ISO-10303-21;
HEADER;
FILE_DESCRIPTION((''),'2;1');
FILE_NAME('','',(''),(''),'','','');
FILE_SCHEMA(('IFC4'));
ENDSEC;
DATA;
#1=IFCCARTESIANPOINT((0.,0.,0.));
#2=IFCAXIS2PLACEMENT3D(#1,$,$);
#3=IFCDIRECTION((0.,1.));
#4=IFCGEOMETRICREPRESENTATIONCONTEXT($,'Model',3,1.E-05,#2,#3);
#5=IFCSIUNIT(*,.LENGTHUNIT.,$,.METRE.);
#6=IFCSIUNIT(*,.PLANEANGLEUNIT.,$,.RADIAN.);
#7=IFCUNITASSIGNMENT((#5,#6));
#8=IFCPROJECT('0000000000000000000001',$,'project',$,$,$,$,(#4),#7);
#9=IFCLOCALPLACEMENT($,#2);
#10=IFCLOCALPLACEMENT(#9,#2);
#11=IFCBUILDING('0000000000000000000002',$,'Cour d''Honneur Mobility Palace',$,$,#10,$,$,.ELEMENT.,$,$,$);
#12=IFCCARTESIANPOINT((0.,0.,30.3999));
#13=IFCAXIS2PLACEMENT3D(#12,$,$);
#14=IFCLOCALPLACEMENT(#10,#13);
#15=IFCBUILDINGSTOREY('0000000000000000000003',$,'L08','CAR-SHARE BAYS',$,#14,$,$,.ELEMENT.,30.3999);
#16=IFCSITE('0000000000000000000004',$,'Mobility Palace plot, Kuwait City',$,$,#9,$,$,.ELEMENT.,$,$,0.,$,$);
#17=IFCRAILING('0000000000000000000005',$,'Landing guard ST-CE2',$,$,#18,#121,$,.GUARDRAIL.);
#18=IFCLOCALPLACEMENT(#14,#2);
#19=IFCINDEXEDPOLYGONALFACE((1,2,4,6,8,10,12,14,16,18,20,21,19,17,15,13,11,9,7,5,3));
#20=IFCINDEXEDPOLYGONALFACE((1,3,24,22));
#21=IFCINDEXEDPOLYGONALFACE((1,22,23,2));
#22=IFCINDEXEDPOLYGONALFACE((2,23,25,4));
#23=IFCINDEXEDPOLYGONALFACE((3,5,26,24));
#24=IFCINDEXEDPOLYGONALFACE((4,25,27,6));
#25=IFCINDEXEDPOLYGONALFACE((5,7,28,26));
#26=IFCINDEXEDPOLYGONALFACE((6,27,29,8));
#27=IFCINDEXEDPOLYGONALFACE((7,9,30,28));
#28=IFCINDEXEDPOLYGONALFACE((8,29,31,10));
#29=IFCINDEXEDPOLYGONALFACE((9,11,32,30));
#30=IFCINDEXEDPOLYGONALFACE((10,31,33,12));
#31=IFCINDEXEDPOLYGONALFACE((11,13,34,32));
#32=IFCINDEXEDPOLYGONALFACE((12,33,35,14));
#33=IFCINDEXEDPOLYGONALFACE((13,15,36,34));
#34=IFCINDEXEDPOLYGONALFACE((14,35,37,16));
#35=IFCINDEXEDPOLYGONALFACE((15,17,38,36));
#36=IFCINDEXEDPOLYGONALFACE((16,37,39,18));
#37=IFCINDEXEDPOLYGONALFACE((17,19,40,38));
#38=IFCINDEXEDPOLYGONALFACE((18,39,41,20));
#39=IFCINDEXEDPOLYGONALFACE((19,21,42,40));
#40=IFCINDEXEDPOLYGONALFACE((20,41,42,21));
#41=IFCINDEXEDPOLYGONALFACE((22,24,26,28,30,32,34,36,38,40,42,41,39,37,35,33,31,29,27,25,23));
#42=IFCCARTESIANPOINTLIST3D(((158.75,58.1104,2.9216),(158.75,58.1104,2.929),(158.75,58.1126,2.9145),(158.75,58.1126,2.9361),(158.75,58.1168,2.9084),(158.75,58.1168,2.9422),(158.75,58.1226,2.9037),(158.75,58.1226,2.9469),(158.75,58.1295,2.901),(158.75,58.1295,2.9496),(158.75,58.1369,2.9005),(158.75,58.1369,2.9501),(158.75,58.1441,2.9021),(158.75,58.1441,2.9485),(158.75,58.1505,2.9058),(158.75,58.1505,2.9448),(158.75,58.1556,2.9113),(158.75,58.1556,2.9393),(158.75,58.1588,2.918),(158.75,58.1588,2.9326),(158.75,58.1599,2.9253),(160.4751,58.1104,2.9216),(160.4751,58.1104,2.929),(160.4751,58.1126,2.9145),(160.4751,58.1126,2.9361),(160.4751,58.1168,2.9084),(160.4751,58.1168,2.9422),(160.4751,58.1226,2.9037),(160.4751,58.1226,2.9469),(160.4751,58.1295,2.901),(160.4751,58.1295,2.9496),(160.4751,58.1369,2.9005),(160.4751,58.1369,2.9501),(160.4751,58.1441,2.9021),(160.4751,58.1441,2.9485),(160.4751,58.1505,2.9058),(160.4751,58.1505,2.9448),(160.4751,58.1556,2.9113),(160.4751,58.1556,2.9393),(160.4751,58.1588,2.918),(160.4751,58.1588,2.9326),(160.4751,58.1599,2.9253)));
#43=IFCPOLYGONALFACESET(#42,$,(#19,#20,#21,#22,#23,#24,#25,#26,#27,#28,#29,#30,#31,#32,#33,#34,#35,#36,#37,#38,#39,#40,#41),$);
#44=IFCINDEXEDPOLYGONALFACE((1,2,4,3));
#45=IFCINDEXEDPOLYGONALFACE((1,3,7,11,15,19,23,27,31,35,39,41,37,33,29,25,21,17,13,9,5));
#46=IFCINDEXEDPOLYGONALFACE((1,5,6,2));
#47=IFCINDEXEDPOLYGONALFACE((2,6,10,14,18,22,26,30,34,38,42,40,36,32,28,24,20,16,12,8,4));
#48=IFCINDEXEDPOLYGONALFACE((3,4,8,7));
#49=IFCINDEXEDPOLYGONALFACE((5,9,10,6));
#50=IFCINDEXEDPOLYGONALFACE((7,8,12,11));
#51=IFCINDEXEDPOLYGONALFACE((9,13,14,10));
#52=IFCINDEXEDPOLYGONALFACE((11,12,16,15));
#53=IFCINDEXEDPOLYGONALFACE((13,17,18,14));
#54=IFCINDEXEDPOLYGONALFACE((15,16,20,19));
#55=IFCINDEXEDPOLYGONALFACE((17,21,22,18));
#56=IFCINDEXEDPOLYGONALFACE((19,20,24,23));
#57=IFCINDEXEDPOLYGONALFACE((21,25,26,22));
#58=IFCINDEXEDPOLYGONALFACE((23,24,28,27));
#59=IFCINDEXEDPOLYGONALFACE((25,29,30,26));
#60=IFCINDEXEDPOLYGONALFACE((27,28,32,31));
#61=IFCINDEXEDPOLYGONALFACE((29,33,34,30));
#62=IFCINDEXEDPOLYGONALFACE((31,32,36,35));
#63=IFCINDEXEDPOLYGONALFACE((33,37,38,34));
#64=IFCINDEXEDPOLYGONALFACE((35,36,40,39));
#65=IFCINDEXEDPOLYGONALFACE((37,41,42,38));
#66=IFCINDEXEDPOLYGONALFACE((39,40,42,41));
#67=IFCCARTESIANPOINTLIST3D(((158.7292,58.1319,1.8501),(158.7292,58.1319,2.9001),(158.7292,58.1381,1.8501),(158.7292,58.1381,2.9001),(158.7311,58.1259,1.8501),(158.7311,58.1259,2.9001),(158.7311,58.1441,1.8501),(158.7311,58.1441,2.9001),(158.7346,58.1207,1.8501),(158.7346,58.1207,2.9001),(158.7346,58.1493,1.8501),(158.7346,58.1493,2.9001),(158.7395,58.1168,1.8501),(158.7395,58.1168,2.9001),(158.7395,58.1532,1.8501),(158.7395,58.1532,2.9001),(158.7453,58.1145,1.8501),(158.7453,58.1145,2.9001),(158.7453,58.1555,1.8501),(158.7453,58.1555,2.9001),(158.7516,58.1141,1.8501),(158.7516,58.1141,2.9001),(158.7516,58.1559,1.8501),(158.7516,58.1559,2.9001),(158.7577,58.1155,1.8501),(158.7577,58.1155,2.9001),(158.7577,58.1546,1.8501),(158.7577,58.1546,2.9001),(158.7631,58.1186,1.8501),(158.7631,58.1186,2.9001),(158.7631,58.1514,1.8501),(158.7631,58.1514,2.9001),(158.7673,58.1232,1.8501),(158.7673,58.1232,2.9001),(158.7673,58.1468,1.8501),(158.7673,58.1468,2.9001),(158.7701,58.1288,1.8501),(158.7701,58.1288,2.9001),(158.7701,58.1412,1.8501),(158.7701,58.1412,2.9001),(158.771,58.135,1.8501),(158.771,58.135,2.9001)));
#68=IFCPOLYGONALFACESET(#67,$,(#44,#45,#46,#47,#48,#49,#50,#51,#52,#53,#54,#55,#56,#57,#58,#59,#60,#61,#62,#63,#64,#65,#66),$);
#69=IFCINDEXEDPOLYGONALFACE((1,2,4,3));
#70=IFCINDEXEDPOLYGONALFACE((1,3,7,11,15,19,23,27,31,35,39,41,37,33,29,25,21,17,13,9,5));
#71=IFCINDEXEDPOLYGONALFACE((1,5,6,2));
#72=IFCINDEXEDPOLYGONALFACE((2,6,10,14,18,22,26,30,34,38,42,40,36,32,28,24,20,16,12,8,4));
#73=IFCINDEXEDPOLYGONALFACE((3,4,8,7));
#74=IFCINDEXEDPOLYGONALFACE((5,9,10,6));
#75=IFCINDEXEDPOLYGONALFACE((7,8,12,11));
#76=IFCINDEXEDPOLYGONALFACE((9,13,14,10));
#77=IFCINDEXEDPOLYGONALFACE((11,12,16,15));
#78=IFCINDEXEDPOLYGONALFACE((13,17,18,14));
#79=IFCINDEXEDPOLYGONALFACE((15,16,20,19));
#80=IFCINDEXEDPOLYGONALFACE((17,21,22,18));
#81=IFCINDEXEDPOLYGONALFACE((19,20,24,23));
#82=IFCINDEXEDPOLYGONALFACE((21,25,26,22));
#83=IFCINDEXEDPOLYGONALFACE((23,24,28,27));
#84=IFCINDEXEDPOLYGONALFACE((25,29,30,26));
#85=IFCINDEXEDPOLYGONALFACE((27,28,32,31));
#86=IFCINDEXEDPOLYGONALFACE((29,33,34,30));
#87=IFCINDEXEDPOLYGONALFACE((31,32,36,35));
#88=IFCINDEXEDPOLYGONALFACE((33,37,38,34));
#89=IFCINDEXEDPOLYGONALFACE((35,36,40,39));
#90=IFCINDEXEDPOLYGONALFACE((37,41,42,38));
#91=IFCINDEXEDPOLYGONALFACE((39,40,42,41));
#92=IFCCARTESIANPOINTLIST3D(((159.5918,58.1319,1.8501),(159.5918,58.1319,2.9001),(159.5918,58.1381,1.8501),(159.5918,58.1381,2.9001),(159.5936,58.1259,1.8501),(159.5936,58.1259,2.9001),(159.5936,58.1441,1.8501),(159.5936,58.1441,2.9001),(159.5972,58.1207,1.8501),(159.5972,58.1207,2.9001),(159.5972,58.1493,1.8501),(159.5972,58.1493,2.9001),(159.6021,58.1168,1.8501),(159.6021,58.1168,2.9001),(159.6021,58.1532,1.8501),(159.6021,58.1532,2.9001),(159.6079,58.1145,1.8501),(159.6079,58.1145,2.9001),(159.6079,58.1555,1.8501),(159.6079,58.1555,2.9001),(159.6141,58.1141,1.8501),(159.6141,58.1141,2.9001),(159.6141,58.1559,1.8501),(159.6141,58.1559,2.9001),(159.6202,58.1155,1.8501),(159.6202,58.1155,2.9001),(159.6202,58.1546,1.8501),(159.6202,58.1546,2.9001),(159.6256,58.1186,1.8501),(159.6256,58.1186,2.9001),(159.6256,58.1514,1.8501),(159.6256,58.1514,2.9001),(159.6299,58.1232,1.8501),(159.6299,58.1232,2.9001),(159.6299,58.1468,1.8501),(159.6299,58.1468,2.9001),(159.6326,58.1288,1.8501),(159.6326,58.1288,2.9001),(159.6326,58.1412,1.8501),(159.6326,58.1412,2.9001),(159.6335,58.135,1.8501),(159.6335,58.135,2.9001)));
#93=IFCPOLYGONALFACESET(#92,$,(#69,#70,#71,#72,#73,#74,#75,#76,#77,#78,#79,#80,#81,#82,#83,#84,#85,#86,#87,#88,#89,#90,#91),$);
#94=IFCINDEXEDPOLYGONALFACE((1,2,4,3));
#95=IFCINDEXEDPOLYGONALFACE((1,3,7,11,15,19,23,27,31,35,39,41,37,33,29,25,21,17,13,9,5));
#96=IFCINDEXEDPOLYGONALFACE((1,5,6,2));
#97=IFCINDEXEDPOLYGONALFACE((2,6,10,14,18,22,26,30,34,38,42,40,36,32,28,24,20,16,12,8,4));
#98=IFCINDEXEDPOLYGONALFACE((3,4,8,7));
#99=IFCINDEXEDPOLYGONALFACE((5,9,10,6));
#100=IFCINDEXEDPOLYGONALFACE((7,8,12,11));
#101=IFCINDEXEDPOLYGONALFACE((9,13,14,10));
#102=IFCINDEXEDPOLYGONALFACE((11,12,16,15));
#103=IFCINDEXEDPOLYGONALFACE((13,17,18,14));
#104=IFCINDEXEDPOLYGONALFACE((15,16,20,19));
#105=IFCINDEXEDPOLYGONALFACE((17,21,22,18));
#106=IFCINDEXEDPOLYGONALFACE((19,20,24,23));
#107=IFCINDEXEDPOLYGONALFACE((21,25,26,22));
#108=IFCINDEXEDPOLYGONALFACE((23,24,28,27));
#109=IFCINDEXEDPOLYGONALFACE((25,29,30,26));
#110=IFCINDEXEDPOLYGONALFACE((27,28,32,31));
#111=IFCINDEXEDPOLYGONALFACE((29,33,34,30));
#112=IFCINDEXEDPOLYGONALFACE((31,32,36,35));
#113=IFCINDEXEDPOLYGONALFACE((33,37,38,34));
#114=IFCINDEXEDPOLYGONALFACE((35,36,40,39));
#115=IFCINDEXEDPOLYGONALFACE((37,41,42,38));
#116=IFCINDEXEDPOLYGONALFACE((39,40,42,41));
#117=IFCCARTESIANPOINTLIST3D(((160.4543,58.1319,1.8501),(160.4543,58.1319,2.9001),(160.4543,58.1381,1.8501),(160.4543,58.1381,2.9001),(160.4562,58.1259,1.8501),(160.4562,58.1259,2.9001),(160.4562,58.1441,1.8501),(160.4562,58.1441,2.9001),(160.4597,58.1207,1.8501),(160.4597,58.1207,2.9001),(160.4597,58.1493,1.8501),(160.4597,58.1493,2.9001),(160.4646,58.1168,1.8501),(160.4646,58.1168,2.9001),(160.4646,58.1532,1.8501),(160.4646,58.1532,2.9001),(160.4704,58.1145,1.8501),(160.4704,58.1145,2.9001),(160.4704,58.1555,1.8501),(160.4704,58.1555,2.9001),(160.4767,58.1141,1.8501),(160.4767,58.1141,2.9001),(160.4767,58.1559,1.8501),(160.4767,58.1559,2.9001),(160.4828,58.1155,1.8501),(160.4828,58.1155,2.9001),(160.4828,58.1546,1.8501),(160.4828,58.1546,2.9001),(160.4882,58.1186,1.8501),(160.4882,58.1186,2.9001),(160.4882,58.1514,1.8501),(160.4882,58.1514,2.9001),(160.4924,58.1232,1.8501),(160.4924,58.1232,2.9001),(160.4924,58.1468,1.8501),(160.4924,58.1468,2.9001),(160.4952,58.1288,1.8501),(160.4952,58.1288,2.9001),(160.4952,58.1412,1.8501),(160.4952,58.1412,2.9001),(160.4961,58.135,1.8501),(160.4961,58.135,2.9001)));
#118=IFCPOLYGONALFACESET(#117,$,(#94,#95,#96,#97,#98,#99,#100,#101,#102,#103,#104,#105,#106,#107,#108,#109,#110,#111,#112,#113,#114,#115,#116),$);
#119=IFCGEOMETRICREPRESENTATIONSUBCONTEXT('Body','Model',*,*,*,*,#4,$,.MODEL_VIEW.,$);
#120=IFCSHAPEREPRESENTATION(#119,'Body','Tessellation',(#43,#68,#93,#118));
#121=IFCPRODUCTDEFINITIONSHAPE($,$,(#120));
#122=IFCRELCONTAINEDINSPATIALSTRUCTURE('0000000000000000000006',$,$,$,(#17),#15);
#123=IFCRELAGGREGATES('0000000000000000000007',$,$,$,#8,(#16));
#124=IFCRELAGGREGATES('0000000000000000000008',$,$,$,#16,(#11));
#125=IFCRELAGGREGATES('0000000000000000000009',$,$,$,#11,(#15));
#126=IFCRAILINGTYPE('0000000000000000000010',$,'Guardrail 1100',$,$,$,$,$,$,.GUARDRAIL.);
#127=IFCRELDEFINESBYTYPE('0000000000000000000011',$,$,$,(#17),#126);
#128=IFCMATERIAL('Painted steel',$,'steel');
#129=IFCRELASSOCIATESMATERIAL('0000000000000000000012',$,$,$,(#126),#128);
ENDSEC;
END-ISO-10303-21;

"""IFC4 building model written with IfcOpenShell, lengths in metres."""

from ifc_helpers import new_model, si_unit, direction, frame, origin, origin_2d, place, context, subcontext, project, spatial, circle, extrude, material, type_object, element, save


model = new_model("IFC4")

# Units and contexts
model_context = context("Model", 3, precision=1e-05, world=origin(), true_north=direction((0.0, 1.0)))
body_context = subcontext(model_context, "Body", "Model", "MODEL_VIEW")
ifc_project = project(units=[si_unit("LENGTHUNIT", "METRE"), si_unit("PLANEANGLEUNIT", "RADIAN")], contexts=[model_context])

# Site, building, storey
site_placement = place(None, origin())
site = spatial("IfcSite", under=ifc_project, at=site_placement, Name="Mobility Palace plot, Kuwait City", CompositionType="ELEMENT", RefElevation=0.0)
building_placement = place(site_placement, origin())
building = spatial("IfcBuilding", under=site, at=building_placement, Name="Cour d'Honneur Mobility Palace", CompositionType="ELEMENT")
storey_placement = place(building_placement, frame((0.0, 0.0, 30.3999)))
storey = spatial("IfcBuildingStorey", under=building, at=storey_placement, Name="L08", Description="CAR-SHARE BAYS", CompositionType="ELEMENT", Elevation=30.3999)

# Railing
ifc_material_1 = material(Name="Painted steel", Category="steel")
railing_type_1 = type_object("IfcRailingType", Name="Guardrail 1100", PredefinedType="GUARDRAIL", material=ifc_material_1)
railing_1_placement = place(storey_placement, frame((158.75, 58.135, 1.8501)))
element("IfcRailing", 1, at=railing_1_placement, inside=storey, type_object=railing_type_1, Name="Landing guard ST-CE2", PredefinedType="GUARDRAIL", context=body_context, shape_type="SweptSolid", body=[
    extrude(circle(Radius=0.0249, at=origin_2d()), frame((0.0, 0.0, 1.0752), z_axis=(1.0, 0.0, 0.0), x_axis=(0.0, 1.0, 0.0)), (0.0, 0.0, 1.0), 1.7251),
    extrude(circle(Radius=0.021, at=origin_2d()), origin(), (0.0, 0.0, 1.0), 1.05),
    extrude(circle(Radius=0.021, at=origin_2d()), frame((0.8625, 0.0, 0.0)), (0.0, 0.0, 1.0), 1.05),
    extrude(circle(Radius=0.021, at=origin_2d()), frame((1.7251, 0.0, 0.0)), (0.0, 0.0, 1.0), 1.05),
])

save(model, "model.ifc")
